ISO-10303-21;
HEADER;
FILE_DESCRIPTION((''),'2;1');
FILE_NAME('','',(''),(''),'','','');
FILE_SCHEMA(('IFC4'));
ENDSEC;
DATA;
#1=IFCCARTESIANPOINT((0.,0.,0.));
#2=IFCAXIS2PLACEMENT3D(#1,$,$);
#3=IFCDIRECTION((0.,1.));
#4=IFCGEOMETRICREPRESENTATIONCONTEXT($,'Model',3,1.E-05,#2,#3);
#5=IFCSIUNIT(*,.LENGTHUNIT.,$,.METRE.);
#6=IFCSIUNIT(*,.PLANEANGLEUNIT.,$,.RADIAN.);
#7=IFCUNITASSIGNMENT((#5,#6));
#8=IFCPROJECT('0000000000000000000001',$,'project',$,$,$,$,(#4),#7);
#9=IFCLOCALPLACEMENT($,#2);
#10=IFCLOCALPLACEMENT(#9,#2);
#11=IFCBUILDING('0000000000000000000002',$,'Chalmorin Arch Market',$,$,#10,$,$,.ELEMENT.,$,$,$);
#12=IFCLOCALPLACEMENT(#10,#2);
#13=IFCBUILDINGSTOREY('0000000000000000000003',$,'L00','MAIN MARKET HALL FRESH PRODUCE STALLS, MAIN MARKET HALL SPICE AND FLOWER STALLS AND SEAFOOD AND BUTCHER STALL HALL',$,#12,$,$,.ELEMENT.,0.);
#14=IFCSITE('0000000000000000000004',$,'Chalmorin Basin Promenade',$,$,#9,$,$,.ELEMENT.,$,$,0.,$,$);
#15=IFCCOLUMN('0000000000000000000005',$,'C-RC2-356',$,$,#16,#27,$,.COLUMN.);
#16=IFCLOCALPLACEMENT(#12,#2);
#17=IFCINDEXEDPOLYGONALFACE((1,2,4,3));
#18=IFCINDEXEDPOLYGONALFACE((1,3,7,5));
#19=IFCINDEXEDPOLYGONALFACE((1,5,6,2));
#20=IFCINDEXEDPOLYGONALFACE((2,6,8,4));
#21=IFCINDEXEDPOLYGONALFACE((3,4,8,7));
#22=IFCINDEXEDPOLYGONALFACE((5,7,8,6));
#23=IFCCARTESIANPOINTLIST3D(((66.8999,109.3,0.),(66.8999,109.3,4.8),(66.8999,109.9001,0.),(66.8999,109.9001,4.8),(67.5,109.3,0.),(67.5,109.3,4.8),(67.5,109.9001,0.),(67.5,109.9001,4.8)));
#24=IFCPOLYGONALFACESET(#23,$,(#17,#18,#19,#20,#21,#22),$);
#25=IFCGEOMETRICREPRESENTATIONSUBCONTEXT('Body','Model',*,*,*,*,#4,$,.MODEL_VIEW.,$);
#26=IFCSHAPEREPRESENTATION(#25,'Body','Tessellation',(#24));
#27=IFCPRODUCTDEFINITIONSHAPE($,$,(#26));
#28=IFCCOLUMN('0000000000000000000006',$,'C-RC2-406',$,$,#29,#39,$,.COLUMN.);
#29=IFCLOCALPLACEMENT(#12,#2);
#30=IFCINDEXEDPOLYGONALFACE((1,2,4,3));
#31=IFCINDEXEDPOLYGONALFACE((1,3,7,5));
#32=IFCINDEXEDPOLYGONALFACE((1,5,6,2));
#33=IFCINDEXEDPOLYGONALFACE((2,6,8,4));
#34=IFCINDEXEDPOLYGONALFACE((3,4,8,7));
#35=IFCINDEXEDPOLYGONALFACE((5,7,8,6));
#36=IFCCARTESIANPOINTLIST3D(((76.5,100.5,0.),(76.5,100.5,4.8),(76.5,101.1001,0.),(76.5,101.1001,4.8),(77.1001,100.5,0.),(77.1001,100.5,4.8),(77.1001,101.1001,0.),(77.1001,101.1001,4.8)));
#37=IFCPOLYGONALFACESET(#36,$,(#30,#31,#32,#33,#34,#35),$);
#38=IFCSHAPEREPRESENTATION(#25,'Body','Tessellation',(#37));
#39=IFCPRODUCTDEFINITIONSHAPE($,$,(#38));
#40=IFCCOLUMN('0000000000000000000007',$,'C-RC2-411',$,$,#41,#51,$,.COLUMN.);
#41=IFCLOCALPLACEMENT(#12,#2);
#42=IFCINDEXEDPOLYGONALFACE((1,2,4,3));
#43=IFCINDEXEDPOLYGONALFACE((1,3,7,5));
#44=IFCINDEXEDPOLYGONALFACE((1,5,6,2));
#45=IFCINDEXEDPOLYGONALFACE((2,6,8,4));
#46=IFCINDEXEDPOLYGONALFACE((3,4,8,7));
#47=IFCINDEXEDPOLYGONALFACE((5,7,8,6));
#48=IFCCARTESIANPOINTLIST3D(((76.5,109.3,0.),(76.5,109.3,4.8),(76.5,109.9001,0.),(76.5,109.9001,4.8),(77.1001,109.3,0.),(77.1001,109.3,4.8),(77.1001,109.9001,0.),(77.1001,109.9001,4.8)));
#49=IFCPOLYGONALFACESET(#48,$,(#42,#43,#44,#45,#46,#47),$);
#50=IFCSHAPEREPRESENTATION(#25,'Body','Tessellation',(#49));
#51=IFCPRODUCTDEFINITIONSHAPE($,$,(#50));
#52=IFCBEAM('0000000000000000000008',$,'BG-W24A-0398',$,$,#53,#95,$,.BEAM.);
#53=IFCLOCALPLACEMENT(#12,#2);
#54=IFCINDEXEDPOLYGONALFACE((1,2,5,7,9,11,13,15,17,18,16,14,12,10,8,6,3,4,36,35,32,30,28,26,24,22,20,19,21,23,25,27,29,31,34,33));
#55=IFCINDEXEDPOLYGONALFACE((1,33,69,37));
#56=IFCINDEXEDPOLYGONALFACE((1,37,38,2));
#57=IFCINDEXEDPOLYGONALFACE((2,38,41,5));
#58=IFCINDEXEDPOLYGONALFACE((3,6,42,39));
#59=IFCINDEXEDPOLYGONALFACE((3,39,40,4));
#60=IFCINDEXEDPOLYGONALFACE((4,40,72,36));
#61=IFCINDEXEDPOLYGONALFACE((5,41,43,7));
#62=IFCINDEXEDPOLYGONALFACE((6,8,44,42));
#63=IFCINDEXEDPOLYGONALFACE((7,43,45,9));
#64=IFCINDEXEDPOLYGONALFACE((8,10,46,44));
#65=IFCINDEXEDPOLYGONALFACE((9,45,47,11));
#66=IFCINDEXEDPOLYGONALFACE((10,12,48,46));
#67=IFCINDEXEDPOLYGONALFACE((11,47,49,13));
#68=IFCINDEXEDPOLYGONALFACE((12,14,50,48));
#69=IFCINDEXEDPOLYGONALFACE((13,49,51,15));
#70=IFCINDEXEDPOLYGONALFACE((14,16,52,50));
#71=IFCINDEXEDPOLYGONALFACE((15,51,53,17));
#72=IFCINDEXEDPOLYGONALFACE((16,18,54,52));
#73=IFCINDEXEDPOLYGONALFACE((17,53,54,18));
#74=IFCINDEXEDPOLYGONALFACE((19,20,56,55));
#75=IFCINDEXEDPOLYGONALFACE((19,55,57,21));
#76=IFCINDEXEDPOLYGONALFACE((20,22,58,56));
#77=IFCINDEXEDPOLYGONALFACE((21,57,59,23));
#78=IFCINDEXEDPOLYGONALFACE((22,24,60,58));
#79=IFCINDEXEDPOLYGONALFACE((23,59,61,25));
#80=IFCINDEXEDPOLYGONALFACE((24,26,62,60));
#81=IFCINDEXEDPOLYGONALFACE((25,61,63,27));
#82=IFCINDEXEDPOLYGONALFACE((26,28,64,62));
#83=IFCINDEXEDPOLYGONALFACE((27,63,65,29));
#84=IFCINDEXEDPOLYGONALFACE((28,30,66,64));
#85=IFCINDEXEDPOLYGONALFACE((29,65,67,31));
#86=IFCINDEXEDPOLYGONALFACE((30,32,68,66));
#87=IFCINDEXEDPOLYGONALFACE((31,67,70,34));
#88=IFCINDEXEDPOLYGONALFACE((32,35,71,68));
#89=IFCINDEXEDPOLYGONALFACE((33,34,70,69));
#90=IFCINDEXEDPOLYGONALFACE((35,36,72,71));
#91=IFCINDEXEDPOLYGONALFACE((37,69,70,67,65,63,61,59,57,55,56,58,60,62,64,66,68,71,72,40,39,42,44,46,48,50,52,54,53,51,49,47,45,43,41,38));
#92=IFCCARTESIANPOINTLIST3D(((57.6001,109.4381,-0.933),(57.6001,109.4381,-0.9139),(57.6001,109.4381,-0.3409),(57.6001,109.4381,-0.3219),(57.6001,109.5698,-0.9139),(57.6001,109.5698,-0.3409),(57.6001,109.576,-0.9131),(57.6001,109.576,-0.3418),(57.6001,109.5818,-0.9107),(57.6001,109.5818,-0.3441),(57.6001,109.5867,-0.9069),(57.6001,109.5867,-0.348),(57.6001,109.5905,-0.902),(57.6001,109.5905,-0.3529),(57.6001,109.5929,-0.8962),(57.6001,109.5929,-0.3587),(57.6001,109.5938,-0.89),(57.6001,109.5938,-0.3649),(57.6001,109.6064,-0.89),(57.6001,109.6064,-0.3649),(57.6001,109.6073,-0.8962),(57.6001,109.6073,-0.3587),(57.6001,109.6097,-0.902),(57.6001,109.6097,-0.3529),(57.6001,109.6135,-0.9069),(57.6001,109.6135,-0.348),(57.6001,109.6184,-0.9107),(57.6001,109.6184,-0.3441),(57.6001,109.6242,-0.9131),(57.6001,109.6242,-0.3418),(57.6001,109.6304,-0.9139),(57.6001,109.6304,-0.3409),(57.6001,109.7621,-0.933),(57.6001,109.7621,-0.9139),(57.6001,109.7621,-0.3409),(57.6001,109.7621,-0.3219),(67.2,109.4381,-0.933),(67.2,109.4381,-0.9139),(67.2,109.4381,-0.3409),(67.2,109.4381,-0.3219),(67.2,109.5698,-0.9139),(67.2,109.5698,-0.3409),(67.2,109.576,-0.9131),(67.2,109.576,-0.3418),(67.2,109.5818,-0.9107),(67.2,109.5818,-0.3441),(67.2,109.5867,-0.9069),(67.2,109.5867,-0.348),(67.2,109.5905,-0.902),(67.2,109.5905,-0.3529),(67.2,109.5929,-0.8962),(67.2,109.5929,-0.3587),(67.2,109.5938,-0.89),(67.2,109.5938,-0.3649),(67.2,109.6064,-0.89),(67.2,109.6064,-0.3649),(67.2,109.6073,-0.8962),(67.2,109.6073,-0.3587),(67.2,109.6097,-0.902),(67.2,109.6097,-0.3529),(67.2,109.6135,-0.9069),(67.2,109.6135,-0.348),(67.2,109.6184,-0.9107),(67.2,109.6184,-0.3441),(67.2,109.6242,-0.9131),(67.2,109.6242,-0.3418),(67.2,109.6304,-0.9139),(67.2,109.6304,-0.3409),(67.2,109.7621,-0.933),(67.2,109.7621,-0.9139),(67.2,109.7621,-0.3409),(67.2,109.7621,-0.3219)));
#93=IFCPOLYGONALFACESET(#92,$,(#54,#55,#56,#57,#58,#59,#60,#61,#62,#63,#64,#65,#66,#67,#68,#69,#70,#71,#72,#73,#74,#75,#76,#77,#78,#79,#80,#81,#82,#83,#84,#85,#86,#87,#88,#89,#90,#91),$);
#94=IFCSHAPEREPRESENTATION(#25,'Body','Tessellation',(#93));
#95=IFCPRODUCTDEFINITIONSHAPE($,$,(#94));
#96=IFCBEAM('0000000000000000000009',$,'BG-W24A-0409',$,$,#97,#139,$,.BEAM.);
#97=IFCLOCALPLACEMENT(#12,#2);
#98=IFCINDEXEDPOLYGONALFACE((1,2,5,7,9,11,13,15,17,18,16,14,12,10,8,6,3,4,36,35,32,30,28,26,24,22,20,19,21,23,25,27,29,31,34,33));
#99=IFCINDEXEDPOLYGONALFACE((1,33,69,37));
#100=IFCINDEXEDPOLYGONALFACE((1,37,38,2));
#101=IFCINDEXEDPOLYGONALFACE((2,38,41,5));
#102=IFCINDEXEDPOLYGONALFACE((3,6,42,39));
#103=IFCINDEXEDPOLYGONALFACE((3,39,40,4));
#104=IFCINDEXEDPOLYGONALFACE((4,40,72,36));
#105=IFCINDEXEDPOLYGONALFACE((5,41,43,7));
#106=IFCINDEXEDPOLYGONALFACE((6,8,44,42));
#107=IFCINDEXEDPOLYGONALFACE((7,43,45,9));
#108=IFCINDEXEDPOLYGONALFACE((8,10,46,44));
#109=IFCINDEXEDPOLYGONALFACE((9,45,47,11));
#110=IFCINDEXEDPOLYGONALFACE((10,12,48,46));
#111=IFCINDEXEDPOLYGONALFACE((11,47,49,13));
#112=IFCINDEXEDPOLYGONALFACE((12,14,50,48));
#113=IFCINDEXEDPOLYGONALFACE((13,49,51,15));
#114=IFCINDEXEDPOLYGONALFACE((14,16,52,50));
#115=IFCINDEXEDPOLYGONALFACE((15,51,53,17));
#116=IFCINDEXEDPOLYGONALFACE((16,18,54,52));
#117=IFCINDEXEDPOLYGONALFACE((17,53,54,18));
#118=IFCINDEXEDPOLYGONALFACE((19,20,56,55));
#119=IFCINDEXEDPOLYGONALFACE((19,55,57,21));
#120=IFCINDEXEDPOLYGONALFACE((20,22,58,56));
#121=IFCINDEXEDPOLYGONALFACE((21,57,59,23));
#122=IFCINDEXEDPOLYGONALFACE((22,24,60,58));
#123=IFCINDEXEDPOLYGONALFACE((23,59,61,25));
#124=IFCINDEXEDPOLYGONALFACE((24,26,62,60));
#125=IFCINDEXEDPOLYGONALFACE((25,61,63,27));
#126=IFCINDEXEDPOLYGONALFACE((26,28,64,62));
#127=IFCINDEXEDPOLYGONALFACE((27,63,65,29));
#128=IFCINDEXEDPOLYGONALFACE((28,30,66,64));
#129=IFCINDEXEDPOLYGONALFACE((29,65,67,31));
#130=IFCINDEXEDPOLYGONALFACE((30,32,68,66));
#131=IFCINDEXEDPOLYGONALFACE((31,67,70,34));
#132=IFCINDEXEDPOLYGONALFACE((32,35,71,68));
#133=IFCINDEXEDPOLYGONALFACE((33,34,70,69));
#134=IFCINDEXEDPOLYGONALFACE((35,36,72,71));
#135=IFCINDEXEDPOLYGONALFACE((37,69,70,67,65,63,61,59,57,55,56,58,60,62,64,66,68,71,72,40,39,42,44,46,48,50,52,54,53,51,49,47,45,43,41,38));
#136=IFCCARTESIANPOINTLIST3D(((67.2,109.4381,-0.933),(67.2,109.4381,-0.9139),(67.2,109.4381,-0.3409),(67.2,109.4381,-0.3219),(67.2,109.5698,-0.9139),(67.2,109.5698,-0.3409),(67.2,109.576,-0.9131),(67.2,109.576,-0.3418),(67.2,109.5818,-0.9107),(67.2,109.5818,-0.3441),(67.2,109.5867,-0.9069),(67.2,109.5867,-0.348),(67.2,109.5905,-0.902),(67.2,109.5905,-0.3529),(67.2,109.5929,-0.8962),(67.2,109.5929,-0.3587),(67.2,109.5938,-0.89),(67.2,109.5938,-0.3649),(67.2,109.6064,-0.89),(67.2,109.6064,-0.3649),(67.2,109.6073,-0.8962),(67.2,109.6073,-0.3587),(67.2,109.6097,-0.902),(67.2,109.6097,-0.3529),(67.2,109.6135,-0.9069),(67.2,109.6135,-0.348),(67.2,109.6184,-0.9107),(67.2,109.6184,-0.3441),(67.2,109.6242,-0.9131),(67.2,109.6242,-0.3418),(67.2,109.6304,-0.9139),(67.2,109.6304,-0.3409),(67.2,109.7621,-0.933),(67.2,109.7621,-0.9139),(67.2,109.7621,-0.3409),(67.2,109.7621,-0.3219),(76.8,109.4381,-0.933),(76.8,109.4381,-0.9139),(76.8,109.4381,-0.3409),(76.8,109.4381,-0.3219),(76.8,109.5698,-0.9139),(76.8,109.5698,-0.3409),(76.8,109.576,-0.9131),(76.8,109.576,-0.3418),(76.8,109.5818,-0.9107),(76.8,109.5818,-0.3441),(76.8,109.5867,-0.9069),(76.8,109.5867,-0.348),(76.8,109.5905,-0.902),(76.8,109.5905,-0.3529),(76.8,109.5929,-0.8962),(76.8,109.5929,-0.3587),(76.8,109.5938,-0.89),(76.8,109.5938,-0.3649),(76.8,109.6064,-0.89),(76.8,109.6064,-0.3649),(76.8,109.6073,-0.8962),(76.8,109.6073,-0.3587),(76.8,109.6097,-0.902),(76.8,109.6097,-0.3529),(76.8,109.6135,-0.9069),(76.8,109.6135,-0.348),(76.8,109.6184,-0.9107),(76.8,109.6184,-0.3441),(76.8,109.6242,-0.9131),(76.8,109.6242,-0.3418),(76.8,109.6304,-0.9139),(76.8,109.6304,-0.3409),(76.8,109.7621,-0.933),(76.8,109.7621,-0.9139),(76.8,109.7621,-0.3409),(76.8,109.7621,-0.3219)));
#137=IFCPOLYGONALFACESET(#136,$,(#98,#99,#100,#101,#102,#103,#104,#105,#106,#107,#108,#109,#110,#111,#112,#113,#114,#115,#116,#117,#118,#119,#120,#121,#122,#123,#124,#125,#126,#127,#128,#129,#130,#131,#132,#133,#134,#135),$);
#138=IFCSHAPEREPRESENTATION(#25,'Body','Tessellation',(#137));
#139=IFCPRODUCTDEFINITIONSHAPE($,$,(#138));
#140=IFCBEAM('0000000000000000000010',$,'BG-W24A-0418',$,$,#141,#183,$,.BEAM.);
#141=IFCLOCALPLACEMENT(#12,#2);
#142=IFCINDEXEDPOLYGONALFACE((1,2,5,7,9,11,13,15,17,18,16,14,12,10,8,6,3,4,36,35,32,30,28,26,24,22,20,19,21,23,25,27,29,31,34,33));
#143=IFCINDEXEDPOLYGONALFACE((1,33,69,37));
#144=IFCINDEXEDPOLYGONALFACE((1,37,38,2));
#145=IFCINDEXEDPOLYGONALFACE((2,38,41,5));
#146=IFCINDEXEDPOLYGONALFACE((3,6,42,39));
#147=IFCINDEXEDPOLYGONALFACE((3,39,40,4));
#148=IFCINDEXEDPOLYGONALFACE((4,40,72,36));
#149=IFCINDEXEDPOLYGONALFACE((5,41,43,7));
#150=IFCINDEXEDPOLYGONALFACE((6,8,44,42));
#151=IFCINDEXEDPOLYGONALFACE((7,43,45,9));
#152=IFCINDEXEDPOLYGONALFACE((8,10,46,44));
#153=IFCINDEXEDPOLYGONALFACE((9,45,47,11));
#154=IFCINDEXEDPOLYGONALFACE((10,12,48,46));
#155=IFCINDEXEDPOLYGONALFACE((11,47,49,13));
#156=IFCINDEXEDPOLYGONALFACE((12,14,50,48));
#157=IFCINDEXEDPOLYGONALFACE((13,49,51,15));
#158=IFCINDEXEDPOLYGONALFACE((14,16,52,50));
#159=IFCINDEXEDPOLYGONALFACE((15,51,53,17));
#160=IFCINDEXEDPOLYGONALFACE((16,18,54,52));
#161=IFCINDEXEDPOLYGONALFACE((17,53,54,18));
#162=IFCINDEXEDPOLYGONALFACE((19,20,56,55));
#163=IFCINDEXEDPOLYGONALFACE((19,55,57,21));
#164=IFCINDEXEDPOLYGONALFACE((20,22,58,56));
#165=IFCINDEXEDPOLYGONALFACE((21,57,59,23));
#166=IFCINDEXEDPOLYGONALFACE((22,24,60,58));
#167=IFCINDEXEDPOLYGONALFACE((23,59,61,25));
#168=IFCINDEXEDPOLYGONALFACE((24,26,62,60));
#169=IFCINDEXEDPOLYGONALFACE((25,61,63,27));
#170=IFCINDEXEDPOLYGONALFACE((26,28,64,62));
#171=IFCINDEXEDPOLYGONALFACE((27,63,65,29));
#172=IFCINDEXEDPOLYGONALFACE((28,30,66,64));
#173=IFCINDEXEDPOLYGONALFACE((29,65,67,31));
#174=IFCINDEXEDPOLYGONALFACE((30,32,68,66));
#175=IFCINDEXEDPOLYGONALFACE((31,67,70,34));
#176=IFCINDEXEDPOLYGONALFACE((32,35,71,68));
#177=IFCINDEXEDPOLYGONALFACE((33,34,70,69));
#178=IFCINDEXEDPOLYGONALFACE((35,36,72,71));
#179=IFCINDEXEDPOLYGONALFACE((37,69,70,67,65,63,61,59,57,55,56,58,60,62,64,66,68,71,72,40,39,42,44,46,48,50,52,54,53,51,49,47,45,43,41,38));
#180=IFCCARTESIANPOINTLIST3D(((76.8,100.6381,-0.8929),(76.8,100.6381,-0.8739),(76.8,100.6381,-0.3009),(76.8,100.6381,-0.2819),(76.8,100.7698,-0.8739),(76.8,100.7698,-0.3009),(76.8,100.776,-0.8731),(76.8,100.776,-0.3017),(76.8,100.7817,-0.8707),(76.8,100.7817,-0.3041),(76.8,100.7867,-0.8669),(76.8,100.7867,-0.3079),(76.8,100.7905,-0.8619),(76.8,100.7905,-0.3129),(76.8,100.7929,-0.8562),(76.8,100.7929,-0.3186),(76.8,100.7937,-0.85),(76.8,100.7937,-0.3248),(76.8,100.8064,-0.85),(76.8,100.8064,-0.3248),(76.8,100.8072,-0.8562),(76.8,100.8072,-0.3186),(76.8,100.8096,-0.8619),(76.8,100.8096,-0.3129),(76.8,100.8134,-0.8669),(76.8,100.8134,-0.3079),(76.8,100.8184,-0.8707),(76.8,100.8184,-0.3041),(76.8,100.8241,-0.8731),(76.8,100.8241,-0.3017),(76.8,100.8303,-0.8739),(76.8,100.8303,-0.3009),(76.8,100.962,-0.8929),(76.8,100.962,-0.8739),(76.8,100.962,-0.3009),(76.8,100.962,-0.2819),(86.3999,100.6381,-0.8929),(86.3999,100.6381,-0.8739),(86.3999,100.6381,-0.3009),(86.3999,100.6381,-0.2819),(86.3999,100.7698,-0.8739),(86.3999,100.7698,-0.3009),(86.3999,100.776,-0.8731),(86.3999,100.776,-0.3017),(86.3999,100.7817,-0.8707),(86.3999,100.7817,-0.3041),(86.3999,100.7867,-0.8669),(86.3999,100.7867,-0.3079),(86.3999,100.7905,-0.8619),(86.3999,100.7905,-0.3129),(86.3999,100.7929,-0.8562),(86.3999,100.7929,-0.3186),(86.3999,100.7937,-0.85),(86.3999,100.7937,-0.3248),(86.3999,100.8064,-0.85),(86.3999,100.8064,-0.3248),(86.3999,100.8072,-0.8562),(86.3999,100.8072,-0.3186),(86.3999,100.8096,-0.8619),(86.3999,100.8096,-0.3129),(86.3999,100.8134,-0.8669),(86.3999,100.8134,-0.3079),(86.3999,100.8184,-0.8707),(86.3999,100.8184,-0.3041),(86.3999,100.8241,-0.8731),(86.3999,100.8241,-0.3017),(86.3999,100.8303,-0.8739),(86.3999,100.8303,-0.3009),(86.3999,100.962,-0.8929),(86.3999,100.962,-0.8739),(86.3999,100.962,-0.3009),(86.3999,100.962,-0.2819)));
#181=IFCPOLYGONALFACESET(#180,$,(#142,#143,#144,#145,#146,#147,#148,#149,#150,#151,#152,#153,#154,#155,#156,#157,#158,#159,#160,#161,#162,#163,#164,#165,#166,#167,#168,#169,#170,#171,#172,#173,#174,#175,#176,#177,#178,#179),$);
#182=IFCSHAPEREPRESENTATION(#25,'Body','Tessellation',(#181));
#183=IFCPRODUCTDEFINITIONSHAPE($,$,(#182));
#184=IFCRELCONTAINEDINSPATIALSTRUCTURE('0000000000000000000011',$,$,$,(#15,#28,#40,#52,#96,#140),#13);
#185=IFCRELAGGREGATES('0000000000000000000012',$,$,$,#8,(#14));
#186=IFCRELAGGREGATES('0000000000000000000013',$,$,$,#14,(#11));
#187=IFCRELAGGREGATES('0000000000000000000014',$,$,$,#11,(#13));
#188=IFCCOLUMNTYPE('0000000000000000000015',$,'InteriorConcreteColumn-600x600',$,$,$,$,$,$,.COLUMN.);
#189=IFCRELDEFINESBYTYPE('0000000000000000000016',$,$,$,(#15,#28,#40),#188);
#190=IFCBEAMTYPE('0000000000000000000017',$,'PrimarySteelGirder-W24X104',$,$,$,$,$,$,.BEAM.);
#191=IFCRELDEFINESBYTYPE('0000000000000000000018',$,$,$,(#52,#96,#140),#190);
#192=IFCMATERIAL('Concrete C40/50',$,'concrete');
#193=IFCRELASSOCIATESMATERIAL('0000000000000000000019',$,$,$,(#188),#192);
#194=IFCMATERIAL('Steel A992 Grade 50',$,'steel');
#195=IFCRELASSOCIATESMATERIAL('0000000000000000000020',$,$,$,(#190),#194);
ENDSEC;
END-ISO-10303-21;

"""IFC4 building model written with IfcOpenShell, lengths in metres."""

from ifc_helpers import new_model, si_unit, direction, frame, origin, origin_2d, place, context, subcontext, project, spatial, rectangle, i_section, extrude, material, material_profile, profile_set, type_object, element, save


model = new_model("IFC4")

# Units and contexts
model_context = context("Model", 3, precision=1e-05, world=origin(), true_north=direction((0.0, 1.0)))
body_context = subcontext(model_context, "Body", "Model", "MODEL_VIEW")
ifc_project = project(units=[si_unit("LENGTHUNIT", "METRE"), si_unit("PLANEANGLEUNIT", "RADIAN")], contexts=[model_context])

# Site, building, storey
site_placement = place(None, origin())
site = spatial("IfcSite", under=ifc_project, at=site_placement, Name="Chalmorin Basin Promenade", CompositionType="ELEMENT", RefElevation=0.0)
building_placement = place(site_placement, origin())
building = spatial("IfcBuilding", under=site, at=building_placement, Name="Chalmorin Arch Market", CompositionType="ELEMENT")
storey_placement = place(building_placement, origin())
storey = spatial("IfcBuildingStorey", under=building, at=storey_placement, Name="L00", Description="MAIN MARKET HALL FRESH PRODUCE STALLS, MAIN MARKET HALL SPICE AND FLOWER STALLS AND SEAFOOD AND BUTCHER STALL HALL", CompositionType="ELEMENT", Elevation=0.0)

# Columns
ifc_material_1 = material(Name="Concrete C40/50", Category="concrete")
ifc_material_profile_1 = material_profile(ifc_material_1, rectangle(XDim=0.6001, YDim=0.6001, at=origin_2d()), Name="RC600X600")
ifc_profile_set_1 = profile_set([ifc_material_profile_1], Name="Concrete C40/50")
column_type = type_object("IfcColumnType", Name="InteriorConcreteColumn-600x600", PredefinedType="COLUMN", material=ifc_profile_set_1)
for number, where, z_axis, x_axis, name in (
    (1, (67.2, 109.6001, 0.0), (0.0, 0.0, 1.0), (1.0, 0.0, 0.0), "C-RC2-356"),
    (2, (76.8, 100.8, 0.0), (0.0, 0.0, 1.0), (1.0, 0.0, 0.0), "C-RC2-406"),
    (3, (76.8, 109.6001, 0.0), (0.0, 0.0, 1.0), (1.0, 0.0, 0.0), "C-RC2-411"),
):
    element("IfcColumn", number, at=place(storey_placement, frame(where, z_axis=z_axis, x_axis=x_axis)), inside=storey, type_object=column_type, Name=name, PredefinedType="COLUMN", context=body_context, shape_type="SweptSolid", body=[
        extrude(rectangle(XDim=0.6001, YDim=0.6001, at=origin_2d()), origin(), (0.0, 0.0, 1.0), 4.8),
    ])

# Beams
ifc_material_2 = material(Name="Steel A992 Grade 50", Category="steel")
ifc_material_profile_2 = material_profile(ifc_material_2, i_section(OverallWidth=0.324, OverallDepth=0.6111, WebThickness=0.0127, FlangeThickness=0.019, FilletRadius=0.0239, at=origin_2d()), Name="W24X104")
ifc_profile_set_2 = profile_set([ifc_material_profile_2], Name="Steel A992 Grade 50")
beam_type_1 = type_object("IfcBeamType", Name="PrimarySteelGirder-W24X104", PredefinedType="BEAM", material=ifc_profile_set_2)
beam_1_placement = place(storey_placement, frame((57.6001, 109.6001, -0.6274), z_axis=(1.0, 0.0, 0.0), x_axis=(0.0, 1.0, 0.0)))
element("IfcBeam", 4, at=beam_1_placement, inside=storey, type_object=beam_type_1, Name="BG-W24A-0398", PredefinedType="BEAM", context=body_context, shape_type="SweptSolid", body=[
    extrude(i_section(OverallWidth=0.324, OverallDepth=0.6111, WebThickness=0.0127, FlangeThickness=0.019, FilletRadius=0.0239, at=origin_2d()), origin(), (0.0, 0.0, 1.0), 9.5999),
])
beam_2_placement = place(storey_placement, frame((67.2, 109.6001, -0.6274), z_axis=(1.0, 0.0, 0.0), x_axis=(0.0, 1.0, 0.0)))
element("IfcBeam", 5, at=beam_2_placement, inside=storey, type_object=beam_type_1, Name="BG-W24A-0409", PredefinedType="BEAM", context=body_context, shape_type="SweptSolid", body=[
    extrude(i_section(OverallWidth=0.324, OverallDepth=0.6111, WebThickness=0.0127, FlangeThickness=0.019, FilletRadius=0.0239, at=origin_2d()), origin(), (0.0, 0.0, 1.0), 9.6001),
])
beam_3_placement = place(storey_placement, frame((76.8, 100.8, -0.5874), z_axis=(1.0, 0.0, 0.0), x_axis=(0.0, 1.0, 0.0)))
element("IfcBeam", 6, at=beam_3_placement, inside=storey, type_object=beam_type_1, Name="BG-W24A-0418", PredefinedType="BEAM", context=body_context, shape_type="SweptSolid", body=[
    extrude(i_section(OverallWidth=0.324, OverallDepth=0.6111, WebThickness=0.0127, FlangeThickness=0.019, FilletRadius=0.0239, at=origin_2d()), origin(), (0.0, 0.0, 1.0), 9.5999),
])

save(model, "model.ifc")
